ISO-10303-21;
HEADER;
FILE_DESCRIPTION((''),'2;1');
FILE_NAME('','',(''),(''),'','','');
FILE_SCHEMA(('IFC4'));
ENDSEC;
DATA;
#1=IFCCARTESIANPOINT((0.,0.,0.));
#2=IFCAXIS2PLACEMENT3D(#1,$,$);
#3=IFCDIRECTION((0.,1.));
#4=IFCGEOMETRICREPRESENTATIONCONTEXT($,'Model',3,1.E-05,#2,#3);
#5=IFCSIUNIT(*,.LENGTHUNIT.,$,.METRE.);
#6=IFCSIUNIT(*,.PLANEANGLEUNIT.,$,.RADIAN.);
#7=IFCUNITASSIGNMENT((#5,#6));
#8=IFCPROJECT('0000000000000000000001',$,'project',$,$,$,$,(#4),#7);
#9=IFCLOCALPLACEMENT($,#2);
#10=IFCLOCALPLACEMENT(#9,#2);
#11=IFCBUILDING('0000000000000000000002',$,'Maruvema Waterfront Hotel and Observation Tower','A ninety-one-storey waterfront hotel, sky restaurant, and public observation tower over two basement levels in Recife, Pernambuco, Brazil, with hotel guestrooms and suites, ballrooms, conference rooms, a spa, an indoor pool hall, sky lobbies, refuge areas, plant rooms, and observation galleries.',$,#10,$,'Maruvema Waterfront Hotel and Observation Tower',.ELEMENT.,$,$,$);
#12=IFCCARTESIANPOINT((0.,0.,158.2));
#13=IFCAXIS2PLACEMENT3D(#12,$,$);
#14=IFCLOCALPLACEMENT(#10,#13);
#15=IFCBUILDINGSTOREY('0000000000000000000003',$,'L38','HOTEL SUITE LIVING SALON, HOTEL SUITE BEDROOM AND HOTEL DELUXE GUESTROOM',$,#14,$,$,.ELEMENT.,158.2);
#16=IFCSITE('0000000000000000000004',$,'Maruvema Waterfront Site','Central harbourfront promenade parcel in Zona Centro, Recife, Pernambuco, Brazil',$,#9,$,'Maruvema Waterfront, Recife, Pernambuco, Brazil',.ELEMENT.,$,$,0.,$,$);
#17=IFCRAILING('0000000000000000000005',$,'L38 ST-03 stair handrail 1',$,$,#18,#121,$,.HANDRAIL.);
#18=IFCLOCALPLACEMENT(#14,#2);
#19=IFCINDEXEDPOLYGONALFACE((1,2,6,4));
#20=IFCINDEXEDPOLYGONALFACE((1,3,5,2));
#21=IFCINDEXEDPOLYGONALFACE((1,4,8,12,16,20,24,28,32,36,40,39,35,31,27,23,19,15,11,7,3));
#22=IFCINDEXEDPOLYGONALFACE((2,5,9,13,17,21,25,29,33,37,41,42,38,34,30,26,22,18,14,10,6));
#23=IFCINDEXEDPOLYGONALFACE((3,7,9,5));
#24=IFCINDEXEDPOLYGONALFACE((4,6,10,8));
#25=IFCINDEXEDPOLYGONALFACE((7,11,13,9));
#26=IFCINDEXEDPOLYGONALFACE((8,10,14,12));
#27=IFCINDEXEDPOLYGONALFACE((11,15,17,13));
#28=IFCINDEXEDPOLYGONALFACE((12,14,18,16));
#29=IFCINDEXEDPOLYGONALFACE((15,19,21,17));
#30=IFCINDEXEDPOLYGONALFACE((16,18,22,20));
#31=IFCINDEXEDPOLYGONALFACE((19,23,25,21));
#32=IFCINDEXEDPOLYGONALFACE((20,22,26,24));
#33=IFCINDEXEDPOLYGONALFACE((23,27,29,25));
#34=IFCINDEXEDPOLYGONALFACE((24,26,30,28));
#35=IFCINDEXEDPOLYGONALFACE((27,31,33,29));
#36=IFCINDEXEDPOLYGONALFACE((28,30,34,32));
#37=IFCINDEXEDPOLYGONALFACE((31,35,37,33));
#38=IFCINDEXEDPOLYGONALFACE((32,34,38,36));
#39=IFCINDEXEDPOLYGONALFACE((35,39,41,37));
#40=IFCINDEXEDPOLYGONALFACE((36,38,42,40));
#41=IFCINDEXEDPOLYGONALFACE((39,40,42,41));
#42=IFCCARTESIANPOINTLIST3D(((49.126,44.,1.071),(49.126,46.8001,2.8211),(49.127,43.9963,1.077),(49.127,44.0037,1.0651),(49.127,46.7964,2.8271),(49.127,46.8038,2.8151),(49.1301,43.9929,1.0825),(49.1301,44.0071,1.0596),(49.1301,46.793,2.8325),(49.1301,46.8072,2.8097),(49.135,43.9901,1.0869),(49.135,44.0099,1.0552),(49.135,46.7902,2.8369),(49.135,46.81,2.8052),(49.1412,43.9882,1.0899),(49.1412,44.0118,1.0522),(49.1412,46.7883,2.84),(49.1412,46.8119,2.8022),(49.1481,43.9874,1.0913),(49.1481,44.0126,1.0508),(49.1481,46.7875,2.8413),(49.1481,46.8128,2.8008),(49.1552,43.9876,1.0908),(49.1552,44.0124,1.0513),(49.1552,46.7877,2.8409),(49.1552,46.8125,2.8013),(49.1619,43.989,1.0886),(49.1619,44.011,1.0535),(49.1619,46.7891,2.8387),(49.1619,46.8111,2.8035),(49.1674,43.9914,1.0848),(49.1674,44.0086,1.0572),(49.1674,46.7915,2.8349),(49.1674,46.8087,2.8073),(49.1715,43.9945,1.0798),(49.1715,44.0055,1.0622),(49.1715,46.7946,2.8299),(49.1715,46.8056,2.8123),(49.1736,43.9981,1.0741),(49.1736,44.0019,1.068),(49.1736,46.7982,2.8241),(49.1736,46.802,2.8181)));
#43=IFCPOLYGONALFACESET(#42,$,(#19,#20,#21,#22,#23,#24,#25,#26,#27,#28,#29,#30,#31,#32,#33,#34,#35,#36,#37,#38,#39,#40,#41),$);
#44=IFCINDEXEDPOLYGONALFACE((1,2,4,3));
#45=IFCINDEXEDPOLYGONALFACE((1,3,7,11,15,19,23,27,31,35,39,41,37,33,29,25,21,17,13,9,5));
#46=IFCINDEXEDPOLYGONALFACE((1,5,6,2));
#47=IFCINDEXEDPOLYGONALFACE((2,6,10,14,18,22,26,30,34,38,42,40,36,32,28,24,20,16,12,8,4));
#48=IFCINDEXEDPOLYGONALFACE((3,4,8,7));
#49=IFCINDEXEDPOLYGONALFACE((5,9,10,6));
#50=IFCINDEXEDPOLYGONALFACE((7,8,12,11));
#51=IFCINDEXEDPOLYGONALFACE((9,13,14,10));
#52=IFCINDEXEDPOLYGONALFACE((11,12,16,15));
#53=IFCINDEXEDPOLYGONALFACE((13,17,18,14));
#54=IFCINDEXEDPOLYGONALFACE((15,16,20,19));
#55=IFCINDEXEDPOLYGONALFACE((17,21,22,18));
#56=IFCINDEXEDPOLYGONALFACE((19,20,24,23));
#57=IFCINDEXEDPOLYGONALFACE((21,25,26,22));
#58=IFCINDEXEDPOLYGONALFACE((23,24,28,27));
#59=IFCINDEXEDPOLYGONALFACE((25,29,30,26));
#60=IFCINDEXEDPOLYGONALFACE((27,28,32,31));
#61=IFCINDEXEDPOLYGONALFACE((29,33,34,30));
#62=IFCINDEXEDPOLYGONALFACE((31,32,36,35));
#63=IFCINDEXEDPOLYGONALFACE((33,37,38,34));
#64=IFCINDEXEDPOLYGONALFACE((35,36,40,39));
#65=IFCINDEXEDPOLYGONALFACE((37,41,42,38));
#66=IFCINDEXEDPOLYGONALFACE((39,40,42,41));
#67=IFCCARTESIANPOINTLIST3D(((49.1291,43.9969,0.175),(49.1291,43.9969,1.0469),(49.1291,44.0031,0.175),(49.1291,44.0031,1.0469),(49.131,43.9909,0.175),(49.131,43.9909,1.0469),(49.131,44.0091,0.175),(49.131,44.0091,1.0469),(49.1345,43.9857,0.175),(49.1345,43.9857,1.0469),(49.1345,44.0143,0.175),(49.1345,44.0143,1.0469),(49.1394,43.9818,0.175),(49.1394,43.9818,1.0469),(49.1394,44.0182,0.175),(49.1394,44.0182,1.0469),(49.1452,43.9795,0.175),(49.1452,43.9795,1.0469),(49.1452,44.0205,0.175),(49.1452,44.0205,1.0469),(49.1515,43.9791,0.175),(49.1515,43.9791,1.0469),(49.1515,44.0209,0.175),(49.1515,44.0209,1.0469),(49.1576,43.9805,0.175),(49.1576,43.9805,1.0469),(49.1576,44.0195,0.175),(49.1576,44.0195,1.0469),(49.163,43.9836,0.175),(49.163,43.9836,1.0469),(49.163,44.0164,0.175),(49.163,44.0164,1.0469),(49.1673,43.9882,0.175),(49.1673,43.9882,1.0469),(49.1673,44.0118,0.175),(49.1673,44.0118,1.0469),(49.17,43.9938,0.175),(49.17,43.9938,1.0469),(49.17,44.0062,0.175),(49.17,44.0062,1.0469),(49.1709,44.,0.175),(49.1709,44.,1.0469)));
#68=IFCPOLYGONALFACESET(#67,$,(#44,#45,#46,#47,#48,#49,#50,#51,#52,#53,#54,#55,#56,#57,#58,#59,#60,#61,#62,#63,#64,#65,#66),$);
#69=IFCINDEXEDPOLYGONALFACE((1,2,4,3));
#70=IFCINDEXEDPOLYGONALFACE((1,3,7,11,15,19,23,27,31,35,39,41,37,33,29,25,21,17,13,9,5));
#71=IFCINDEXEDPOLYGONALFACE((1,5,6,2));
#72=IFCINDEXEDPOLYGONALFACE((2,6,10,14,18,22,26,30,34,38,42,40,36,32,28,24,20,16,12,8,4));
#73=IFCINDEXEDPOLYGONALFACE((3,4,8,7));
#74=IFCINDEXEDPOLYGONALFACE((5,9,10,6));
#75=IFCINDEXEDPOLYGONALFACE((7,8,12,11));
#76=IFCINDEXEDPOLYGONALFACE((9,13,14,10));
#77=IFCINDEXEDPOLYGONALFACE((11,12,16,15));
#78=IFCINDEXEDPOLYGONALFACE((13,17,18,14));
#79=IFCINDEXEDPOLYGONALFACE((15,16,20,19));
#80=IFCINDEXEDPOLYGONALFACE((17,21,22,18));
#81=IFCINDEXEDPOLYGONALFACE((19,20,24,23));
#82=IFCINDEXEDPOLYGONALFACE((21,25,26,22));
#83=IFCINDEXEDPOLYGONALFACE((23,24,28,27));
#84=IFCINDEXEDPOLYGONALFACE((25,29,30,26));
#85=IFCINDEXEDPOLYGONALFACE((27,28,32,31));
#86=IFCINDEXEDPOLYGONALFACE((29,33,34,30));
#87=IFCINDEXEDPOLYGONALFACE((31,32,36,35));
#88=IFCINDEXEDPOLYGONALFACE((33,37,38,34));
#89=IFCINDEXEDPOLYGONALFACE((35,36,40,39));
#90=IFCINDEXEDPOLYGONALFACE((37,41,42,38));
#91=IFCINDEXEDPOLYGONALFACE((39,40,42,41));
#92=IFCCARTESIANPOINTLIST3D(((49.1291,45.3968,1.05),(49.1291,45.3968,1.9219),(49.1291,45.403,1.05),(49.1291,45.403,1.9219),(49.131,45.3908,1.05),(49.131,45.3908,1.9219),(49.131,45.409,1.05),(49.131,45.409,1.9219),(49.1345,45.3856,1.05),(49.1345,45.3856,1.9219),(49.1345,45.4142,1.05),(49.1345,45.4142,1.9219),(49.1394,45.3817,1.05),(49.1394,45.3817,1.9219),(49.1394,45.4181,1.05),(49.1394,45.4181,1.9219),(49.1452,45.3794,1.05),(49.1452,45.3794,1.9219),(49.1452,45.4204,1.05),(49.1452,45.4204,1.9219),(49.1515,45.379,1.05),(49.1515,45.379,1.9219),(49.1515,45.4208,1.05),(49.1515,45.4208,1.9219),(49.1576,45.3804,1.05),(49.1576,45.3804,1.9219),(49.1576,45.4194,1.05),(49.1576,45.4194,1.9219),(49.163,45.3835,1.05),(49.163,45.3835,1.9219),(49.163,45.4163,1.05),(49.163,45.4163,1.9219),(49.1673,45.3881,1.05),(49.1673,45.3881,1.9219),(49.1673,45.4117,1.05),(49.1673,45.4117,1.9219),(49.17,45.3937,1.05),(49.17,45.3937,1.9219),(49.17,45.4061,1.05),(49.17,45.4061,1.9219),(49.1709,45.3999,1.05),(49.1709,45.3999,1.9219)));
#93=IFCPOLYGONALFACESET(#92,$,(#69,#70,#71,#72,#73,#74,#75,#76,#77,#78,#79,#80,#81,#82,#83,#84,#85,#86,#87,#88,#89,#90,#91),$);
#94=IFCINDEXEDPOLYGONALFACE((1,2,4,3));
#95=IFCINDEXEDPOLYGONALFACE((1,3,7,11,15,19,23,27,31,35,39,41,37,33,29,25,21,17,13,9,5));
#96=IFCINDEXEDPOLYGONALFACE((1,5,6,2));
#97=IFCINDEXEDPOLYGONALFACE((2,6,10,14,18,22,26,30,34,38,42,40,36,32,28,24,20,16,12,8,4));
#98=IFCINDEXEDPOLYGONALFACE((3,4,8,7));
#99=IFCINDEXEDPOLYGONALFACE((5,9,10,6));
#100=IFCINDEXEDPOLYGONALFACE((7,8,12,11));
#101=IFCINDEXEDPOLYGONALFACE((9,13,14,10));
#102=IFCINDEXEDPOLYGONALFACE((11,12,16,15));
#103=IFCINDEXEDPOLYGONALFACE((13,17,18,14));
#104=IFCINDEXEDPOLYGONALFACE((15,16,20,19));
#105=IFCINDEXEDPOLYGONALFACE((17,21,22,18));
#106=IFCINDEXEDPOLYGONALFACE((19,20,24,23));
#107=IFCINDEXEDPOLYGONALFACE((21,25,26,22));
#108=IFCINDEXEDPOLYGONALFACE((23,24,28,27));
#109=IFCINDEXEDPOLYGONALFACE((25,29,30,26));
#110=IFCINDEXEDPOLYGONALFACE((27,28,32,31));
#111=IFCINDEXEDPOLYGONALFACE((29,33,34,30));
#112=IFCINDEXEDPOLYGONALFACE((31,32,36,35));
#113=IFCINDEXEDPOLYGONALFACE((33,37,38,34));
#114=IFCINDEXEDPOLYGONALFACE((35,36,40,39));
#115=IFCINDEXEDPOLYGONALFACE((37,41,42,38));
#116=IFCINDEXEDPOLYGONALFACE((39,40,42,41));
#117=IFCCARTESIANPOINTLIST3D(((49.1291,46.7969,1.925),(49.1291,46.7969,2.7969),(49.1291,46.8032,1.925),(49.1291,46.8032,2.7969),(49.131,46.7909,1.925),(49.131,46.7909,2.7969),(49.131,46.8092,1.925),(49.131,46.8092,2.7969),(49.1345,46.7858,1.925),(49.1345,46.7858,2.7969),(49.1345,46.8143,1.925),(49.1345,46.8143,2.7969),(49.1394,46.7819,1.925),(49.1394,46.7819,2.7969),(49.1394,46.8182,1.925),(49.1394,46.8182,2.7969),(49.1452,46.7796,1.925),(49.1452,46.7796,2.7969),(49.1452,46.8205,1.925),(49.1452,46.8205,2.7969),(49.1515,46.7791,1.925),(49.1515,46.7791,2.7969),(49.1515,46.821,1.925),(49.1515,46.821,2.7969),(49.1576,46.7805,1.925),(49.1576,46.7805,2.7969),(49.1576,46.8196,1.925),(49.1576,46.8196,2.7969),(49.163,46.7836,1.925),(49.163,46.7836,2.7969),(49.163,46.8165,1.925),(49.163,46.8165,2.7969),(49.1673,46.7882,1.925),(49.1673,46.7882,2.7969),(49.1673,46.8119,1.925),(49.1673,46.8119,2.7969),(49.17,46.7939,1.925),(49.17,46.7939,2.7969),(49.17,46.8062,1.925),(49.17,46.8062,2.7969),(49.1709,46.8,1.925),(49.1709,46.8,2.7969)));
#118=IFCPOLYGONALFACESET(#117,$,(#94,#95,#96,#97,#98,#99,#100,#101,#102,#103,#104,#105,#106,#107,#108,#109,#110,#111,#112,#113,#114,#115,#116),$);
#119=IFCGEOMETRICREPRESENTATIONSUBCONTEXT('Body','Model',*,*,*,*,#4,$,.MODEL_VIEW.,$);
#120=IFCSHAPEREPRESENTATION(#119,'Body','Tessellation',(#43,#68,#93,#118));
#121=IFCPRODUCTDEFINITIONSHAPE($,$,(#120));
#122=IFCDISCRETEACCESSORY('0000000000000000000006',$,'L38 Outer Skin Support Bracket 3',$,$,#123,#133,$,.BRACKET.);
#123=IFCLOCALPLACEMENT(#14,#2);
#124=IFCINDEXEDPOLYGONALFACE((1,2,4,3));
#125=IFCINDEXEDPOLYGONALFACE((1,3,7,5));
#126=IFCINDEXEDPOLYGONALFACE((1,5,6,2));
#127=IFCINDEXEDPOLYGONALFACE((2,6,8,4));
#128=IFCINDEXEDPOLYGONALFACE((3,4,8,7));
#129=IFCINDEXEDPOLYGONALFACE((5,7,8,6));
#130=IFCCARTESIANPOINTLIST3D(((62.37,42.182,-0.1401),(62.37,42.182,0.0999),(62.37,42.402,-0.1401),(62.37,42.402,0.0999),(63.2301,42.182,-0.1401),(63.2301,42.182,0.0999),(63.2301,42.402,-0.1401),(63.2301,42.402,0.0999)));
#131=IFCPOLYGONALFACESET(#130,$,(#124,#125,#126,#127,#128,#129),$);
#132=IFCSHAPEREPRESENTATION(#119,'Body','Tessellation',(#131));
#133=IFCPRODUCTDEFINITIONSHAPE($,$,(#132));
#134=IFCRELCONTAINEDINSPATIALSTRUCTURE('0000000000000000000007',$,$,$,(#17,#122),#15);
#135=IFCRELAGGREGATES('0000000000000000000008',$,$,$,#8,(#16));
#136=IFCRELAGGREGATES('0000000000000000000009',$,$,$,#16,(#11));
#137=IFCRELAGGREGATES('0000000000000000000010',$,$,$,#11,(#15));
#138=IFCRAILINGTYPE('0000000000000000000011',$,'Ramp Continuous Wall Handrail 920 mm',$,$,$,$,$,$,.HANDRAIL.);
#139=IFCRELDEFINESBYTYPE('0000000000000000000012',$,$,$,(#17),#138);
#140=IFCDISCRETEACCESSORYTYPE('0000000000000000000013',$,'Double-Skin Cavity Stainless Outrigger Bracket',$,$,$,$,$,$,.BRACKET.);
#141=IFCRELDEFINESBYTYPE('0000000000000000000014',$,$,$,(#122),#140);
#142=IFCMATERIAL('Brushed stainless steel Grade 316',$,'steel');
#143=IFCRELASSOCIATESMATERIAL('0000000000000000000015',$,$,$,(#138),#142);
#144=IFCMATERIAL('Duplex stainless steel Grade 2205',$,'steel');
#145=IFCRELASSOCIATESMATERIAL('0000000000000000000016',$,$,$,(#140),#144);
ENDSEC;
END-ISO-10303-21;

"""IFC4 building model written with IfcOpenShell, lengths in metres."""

from ifc_helpers import new_model, si_unit, direction, frame, origin, origin_2d, place, context, subcontext, project, spatial, rectangle, circle, extrude, material, type_object, element, save


model = new_model("IFC4")

# Units and contexts
model_context = context("Model", 3, precision=1e-05, world=origin(), true_north=direction((0.0, 1.0)))
body_context = subcontext(model_context, "Body", "Model", "MODEL_VIEW")
ifc_project = project(units=[si_unit("LENGTHUNIT", "METRE"), si_unit("PLANEANGLEUNIT", "RADIAN")], contexts=[model_context])

# Site, building, storey
site_placement = place(None, origin())
site = spatial("IfcSite", under=ifc_project, at=site_placement, Name="Maruvema Waterfront Site", Description="Central harbourfront promenade parcel in Zona Centro, Recife, Pernambuco, Brazil", LongName="Maruvema Waterfront, Recife, Pernambuco, Brazil", CompositionType="ELEMENT", RefElevation=0.0)
building_placement = place(site_placement, origin())
building = spatial("IfcBuilding", under=site, at=building_placement, Name="Maruvema Waterfront Hotel and Observation Tower", Description="A ninety-one-storey waterfront hotel, sky restaurant, and public observation tower over two basement levels in Recife, Pernambuco, Brazil, with hotel guestrooms and suites, ballrooms, conference rooms, a spa, an indoor pool hall, sky lobbies, refuge areas, plant rooms, and observation galleries.", LongName="Maruvema Waterfront Hotel and Observation Tower", CompositionType="ELEMENT")
storey_placement = place(building_placement, frame((0.0, 0.0, 158.2)))
storey = spatial("IfcBuildingStorey", under=building, at=storey_placement, Name="L38", Description="HOTEL SUITE LIVING SALON, HOTEL SUITE BEDROOM AND HOTEL DELUXE GUESTROOM", CompositionType="ELEMENT", Elevation=158.2)

# Railing
ifc_material_1 = material(Name="Brushed stainless steel Grade 316", Category="steel")
railing_type = type_object("IfcRailingType", Name="Ramp Continuous Wall Handrail 920 mm", PredefinedType="HANDRAIL", material=ifc_material_1)
railing_placement = place(storey_placement, frame((49.1499, 44.0, 0.175)))
element("IfcRailing", 1, at=railing_placement, inside=storey, type_object=railing_type, Name="L38 ST-03 stair handrail 1", PredefinedType="HANDRAIL", context=body_context, shape_type="SweptSolid", body=[
    extrude(circle(Radius=0.0239, at=origin_2d()), frame((0.0, 0.0, 0.896), z_axis=(0.0, 0.848002, 0.529992), x_axis=(-1.0, 0.0, 0.0)), (0.0, 0.0, 1.0), 3.302),
    extrude(circle(Radius=0.021, at=origin_2d()), origin(), (0.0, 0.0, 1.0), 0.8718),
    extrude(circle(Radius=0.021, at=origin_2d()), frame((0.0, 1.3999, 0.875)), (0.0, 0.0, 1.0), 0.8718),
    extrude(circle(Radius=0.021, at=origin_2d()), frame((0.0, 2.8, 1.75)), (0.0, 0.0, 1.0), 0.8718),
])

# Discrete accessory
ifc_material_2 = material(Name="Duplex stainless steel Grade 2205", Category="steel")
discrete_accessory_type = type_object("IfcDiscreteAccessoryType", Name="Double-Skin Cavity Stainless Outrigger Bracket", PredefinedType="BRACKET", material=ifc_material_2)
discrete_accessory_placement = place(storey_placement, frame((62.8, 42.292, -0.1401), z_axis=(0.0, 0.0, 1.0), x_axis=(0.0, 1.0, 0.0)))
element("IfcDiscreteAccessory", 2, at=discrete_accessory_placement, inside=storey, type_object=discrete_accessory_type, Name="L38 Outer Skin Support Bracket 3", PredefinedType="BRACKET", context=body_context, shape_type="SweptSolid", body=[
    extrude(rectangle(XDim=0.22, YDim=0.8601, at=origin_2d()), origin(), (0.0, 0.0, 1.0), 0.24),
])

save(model, "model.ifc")
